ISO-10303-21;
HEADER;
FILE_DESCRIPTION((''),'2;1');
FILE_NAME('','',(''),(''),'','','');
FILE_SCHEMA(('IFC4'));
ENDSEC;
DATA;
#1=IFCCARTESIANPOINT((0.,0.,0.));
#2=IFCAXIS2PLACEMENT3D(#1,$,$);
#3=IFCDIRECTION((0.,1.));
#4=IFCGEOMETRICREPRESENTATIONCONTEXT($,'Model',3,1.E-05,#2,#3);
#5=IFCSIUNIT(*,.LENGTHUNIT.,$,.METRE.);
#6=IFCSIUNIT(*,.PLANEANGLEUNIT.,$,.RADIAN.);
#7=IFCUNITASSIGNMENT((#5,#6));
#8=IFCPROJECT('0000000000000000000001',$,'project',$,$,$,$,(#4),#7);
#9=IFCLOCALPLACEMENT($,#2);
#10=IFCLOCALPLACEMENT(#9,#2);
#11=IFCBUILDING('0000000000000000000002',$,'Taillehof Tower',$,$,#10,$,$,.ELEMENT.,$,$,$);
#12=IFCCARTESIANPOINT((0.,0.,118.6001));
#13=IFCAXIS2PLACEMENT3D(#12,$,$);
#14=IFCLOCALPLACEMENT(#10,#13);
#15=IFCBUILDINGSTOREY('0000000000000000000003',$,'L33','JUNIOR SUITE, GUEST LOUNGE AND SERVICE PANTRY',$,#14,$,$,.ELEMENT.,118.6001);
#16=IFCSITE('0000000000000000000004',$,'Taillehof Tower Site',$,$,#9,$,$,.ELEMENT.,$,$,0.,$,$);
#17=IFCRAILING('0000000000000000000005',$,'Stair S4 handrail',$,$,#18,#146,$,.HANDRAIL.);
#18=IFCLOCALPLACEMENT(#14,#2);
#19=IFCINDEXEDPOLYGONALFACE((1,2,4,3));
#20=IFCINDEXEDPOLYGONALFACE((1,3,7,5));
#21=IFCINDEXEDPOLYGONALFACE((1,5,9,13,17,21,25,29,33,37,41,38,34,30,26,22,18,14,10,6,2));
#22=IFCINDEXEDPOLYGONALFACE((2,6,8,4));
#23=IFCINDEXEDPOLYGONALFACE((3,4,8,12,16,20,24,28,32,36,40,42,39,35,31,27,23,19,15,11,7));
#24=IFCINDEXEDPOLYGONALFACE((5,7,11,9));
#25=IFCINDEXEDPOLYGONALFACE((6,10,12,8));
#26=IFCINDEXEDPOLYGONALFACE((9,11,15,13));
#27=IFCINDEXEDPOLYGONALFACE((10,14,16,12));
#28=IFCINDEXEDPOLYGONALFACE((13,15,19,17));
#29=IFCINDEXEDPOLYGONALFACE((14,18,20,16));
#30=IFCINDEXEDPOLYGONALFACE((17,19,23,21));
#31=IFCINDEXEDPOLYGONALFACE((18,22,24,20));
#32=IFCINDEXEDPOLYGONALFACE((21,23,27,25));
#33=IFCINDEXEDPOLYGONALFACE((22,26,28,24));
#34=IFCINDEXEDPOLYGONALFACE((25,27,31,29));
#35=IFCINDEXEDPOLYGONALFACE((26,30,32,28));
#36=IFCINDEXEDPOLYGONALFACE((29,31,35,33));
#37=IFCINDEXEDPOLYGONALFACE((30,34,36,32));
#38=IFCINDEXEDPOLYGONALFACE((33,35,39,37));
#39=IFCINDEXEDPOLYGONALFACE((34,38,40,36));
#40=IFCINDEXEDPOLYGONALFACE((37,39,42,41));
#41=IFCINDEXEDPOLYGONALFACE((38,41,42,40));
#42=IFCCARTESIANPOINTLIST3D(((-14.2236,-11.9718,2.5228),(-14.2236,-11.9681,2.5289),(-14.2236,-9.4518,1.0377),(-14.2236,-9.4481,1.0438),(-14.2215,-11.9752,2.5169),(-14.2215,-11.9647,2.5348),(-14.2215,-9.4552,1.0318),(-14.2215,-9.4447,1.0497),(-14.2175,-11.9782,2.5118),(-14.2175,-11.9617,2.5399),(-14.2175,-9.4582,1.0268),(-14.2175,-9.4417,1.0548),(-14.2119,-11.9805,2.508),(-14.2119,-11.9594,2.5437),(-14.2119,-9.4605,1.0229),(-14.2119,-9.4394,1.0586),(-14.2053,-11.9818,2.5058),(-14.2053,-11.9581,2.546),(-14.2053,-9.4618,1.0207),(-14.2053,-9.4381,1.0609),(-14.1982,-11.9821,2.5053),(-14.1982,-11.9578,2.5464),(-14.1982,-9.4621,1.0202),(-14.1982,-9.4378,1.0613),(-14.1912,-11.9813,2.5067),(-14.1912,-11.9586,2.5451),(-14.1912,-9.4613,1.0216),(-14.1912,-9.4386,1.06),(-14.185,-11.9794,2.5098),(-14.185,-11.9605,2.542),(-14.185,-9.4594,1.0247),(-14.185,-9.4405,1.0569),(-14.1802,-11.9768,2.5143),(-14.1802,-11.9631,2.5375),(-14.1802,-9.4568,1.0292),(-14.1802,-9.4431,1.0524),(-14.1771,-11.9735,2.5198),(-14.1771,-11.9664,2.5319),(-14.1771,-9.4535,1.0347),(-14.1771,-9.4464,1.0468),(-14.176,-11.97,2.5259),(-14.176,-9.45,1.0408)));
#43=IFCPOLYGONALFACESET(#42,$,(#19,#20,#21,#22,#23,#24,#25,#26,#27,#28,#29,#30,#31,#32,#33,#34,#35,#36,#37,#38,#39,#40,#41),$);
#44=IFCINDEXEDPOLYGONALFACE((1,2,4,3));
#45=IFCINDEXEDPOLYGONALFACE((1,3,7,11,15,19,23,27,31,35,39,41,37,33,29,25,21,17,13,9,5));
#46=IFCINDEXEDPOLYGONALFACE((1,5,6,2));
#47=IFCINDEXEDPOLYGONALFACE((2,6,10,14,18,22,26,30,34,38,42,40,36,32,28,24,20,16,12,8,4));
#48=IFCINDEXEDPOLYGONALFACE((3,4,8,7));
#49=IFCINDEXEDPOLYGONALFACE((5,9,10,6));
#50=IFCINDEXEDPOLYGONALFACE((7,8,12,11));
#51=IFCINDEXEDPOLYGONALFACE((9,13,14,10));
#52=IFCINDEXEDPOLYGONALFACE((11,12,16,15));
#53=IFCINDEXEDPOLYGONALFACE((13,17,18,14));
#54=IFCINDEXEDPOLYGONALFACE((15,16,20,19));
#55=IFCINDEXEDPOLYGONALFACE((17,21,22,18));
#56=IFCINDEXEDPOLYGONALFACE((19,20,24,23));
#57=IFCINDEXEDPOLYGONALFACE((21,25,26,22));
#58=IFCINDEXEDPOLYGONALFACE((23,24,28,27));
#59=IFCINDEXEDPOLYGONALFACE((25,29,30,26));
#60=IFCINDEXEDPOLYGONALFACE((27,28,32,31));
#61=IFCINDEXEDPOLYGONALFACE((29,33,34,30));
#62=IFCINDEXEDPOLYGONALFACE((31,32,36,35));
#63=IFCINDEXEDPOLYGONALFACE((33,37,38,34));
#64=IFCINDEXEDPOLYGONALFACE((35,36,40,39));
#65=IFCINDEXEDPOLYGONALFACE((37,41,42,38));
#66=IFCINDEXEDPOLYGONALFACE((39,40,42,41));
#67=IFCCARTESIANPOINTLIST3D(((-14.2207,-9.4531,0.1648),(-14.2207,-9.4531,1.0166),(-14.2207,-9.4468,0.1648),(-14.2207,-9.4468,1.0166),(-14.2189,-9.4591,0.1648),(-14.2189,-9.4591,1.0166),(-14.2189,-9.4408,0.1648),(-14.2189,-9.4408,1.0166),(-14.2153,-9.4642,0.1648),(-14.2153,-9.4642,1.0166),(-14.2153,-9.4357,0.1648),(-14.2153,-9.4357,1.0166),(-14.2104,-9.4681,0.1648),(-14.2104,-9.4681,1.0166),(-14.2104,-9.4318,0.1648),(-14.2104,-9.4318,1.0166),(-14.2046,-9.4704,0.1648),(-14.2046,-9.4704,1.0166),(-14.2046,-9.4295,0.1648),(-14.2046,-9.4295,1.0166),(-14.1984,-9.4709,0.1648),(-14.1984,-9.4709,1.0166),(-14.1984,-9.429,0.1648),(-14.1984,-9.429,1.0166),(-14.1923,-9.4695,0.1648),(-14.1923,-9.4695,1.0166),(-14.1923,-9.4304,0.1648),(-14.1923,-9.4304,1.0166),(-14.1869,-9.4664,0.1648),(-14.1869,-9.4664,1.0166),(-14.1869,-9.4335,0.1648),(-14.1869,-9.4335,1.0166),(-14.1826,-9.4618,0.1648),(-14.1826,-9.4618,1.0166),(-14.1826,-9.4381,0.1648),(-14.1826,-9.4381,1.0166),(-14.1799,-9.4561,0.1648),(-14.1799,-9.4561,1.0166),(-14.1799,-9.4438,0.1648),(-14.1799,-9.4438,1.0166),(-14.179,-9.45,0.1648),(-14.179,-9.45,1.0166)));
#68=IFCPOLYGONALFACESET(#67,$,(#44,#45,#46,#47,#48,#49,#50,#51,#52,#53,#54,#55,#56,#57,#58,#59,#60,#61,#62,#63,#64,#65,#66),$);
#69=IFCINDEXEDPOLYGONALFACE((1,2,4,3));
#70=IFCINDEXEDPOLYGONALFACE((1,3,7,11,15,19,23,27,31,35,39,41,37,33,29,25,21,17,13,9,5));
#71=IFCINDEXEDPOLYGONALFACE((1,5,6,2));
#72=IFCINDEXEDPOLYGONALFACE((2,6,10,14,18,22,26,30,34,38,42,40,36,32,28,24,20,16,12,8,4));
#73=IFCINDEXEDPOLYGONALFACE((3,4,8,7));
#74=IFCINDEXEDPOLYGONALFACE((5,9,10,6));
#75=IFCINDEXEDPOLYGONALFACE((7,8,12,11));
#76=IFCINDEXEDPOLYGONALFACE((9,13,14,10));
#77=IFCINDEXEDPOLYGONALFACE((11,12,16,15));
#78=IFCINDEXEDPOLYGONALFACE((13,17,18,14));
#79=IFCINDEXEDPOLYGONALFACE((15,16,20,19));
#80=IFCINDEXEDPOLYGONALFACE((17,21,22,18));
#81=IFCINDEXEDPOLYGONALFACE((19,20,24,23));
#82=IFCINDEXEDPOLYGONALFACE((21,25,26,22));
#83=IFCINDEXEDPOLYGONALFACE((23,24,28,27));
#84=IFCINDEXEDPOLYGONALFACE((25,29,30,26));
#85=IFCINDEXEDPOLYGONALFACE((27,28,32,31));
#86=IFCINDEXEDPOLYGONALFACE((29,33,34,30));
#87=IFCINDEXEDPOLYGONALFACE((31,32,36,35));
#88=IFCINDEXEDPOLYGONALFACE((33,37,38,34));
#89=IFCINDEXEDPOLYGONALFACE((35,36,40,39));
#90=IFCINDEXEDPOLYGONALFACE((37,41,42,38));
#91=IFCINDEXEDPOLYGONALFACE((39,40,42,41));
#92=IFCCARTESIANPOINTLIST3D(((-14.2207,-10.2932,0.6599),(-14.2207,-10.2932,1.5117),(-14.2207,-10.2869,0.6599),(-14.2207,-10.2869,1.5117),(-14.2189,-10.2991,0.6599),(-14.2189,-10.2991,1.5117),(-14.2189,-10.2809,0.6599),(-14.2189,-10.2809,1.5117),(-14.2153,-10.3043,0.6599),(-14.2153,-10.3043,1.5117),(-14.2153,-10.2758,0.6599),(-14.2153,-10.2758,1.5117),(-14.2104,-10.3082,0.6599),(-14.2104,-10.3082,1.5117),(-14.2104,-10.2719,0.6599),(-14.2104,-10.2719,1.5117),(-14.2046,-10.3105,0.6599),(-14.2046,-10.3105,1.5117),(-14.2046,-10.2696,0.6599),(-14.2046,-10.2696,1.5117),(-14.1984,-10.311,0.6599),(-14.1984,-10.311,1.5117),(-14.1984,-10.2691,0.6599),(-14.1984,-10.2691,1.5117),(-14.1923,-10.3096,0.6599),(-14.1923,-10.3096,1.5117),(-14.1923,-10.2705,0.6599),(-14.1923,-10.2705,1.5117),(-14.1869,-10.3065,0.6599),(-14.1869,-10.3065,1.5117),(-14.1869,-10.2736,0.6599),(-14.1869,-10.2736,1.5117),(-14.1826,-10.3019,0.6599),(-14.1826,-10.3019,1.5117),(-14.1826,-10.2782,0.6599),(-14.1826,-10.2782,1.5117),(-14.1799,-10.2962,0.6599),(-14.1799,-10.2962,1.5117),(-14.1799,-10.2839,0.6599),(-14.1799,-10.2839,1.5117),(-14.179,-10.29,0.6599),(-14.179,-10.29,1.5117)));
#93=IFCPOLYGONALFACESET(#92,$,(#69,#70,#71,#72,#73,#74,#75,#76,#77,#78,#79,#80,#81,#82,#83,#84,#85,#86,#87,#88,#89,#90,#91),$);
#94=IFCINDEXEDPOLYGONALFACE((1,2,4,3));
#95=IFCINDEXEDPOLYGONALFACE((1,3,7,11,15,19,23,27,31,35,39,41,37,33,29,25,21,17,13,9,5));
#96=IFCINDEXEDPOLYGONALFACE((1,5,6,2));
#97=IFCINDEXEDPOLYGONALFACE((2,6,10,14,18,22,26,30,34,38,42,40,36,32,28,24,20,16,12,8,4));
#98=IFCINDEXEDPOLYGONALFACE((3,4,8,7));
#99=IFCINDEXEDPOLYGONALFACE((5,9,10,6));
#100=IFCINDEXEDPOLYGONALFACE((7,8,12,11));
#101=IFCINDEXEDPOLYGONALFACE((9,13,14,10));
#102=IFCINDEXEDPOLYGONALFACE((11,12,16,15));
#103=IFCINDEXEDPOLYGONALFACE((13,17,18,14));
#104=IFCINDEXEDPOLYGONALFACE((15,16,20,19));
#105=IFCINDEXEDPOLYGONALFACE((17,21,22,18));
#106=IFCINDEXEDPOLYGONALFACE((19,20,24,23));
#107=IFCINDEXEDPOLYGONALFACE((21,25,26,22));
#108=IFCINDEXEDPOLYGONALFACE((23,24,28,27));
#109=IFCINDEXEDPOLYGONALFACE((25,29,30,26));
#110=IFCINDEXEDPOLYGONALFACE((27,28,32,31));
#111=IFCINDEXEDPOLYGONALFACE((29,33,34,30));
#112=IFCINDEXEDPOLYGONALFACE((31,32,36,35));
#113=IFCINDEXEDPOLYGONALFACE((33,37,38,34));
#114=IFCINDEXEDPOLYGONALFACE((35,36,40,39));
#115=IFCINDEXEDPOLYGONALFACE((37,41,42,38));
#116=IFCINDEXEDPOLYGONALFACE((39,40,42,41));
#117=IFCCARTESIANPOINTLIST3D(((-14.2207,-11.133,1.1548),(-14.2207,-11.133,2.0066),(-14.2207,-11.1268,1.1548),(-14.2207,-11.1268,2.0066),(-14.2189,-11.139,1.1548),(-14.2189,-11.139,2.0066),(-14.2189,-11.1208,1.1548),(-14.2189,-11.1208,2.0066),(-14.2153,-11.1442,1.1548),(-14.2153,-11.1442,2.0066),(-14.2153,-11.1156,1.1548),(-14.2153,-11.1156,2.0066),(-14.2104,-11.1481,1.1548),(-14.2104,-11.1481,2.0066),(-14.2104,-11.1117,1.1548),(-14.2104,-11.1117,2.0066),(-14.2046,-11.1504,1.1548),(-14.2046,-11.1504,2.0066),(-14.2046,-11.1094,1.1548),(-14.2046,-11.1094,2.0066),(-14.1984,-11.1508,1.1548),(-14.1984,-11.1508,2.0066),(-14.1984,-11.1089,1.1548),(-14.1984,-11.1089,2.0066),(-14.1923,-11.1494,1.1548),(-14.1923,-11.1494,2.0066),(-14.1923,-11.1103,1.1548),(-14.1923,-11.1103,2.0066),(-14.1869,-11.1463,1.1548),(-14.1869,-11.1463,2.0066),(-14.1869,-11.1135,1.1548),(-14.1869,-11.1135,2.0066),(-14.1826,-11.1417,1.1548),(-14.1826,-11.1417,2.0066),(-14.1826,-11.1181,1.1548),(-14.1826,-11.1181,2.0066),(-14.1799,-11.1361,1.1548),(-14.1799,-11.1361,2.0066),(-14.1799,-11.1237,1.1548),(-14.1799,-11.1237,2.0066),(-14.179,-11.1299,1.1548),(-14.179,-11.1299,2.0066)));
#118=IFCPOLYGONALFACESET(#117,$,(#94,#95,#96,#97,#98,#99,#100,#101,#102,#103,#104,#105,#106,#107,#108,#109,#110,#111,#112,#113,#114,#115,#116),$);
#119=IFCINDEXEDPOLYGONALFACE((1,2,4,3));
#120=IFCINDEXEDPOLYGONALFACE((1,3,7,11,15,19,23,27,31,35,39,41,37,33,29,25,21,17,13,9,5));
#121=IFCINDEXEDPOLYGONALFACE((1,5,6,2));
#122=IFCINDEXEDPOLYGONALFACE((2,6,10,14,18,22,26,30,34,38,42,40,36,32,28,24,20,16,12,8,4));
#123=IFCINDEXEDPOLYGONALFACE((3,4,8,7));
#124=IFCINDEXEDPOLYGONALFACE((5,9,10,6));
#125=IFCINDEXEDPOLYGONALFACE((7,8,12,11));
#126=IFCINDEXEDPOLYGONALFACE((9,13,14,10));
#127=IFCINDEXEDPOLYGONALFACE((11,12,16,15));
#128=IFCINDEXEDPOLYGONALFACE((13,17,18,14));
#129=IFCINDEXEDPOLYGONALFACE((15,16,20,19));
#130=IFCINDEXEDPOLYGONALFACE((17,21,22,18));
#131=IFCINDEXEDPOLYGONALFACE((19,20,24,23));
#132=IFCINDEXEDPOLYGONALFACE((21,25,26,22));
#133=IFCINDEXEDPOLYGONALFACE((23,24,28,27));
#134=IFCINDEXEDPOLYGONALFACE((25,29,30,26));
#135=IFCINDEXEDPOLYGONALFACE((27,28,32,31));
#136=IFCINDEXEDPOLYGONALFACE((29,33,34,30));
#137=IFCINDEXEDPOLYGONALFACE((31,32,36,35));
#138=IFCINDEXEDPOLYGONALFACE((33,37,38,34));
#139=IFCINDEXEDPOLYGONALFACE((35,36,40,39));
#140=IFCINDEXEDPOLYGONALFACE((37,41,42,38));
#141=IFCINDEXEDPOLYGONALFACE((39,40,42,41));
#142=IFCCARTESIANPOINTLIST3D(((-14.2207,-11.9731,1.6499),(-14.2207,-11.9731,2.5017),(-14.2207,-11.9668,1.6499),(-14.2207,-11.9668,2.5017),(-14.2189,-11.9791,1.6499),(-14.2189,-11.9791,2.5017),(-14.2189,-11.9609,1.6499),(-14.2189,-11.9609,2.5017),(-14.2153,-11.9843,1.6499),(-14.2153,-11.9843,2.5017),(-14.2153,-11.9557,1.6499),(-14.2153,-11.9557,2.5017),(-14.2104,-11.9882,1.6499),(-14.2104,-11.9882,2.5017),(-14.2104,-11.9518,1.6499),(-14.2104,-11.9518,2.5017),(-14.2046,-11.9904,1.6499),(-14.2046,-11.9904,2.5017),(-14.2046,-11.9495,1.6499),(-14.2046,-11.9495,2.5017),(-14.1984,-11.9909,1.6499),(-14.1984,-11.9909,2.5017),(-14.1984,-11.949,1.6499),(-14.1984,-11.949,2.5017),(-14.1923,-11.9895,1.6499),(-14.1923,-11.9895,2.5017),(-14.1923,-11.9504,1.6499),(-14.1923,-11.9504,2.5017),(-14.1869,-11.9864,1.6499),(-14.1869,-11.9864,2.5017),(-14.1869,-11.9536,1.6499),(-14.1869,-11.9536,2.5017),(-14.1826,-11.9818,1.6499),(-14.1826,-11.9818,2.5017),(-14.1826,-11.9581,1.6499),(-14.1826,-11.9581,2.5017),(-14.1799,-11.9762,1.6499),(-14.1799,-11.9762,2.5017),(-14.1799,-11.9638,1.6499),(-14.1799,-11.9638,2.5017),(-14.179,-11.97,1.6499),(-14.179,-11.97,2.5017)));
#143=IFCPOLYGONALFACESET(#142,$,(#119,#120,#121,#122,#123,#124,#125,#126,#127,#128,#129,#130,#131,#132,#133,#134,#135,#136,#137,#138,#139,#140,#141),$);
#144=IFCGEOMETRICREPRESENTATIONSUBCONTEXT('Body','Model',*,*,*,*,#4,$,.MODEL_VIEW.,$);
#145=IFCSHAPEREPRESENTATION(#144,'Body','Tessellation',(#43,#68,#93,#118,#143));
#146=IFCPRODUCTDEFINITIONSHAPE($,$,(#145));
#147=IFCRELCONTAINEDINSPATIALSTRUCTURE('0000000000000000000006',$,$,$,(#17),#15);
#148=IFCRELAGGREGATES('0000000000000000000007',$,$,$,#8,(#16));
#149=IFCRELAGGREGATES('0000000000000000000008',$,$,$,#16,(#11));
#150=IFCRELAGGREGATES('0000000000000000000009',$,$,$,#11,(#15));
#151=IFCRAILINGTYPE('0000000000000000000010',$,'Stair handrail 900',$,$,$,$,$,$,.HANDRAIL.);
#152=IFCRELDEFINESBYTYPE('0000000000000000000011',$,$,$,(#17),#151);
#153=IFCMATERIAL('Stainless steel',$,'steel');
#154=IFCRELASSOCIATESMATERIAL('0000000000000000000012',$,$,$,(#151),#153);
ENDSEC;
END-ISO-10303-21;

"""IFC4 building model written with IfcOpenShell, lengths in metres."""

from ifc_helpers import new_model, si_unit, direction, frame, origin, origin_2d, place, context, subcontext, project, spatial, circle, extrude, material, type_object, element, save


model = new_model("IFC4")

# Units and contexts
model_context = context("Model", 3, precision=1e-05, world=origin(), true_north=direction((0.0, 1.0)))
body_context = subcontext(model_context, "Body", "Model", "MODEL_VIEW")
ifc_project = project(units=[si_unit("LENGTHUNIT", "METRE"), si_unit("PLANEANGLEUNIT", "RADIAN")], contexts=[model_context])

# Site, building, storey
site_placement = place(None, origin())
site = spatial("IfcSite", under=ifc_project, at=site_placement, Name="Taillehof Tower Site", CompositionType="ELEMENT", RefElevation=0.0)
building_placement = place(site_placement, origin())
building = spatial("IfcBuilding", under=site, at=building_placement, Name="Taillehof Tower", CompositionType="ELEMENT")
storey_placement = place(building_placement, frame((0.0, 0.0, 118.6001)))
storey = spatial("IfcBuildingStorey", under=building, at=storey_placement, Name="L33", Description="JUNIOR SUITE, GUEST LOUNGE AND SERVICE PANTRY", CompositionType="ELEMENT", Elevation=118.6001)

# Railing
ifc_material_1 = material(Name="Stainless steel", Category="steel")
railing_type = type_object("IfcRailingType", Name="Stair handrail 900", PredefinedType="HANDRAIL", material=ifc_material_1)
railing_placement = place(storey_placement, frame((-14.2, -9.45, 0.1648)))
element("IfcRailing", 1, at=railing_placement, inside=storey, type_object=railing_type, Name="Stair S4 handrail", PredefinedType="HANDRAIL", context=body_context, shape_type="SweptSolid", body=[
    extrude(circle(Radius=0.0239, at=origin_2d()), frame((0.0, 0.0, 0.876), z_axis=(0.0, -0.861524, 0.507717), x_axis=(1.0, 0.0, 0.0)), (0.0, 0.0, 1.0), 2.925),
    extrude(circle(Radius=0.021, at=origin_2d()), origin(), (0.0, 0.0, 1.0), 0.8518),
    extrude(circle(Radius=0.021, at=origin_2d()), frame((0.0, -0.8401, 0.4951)), (0.0, 0.0, 1.0), 0.8518),
    extrude(circle(Radius=0.021, at=origin_2d()), frame((0.0, -1.6799, 0.99)), (0.0, 0.0, 1.0), 0.8518),
    extrude(circle(Radius=0.021, at=origin_2d()), frame((0.0, -2.52, 1.4851)), (0.0, 0.0, 1.0), 0.8518),
])

save(model, "model.ifc")
